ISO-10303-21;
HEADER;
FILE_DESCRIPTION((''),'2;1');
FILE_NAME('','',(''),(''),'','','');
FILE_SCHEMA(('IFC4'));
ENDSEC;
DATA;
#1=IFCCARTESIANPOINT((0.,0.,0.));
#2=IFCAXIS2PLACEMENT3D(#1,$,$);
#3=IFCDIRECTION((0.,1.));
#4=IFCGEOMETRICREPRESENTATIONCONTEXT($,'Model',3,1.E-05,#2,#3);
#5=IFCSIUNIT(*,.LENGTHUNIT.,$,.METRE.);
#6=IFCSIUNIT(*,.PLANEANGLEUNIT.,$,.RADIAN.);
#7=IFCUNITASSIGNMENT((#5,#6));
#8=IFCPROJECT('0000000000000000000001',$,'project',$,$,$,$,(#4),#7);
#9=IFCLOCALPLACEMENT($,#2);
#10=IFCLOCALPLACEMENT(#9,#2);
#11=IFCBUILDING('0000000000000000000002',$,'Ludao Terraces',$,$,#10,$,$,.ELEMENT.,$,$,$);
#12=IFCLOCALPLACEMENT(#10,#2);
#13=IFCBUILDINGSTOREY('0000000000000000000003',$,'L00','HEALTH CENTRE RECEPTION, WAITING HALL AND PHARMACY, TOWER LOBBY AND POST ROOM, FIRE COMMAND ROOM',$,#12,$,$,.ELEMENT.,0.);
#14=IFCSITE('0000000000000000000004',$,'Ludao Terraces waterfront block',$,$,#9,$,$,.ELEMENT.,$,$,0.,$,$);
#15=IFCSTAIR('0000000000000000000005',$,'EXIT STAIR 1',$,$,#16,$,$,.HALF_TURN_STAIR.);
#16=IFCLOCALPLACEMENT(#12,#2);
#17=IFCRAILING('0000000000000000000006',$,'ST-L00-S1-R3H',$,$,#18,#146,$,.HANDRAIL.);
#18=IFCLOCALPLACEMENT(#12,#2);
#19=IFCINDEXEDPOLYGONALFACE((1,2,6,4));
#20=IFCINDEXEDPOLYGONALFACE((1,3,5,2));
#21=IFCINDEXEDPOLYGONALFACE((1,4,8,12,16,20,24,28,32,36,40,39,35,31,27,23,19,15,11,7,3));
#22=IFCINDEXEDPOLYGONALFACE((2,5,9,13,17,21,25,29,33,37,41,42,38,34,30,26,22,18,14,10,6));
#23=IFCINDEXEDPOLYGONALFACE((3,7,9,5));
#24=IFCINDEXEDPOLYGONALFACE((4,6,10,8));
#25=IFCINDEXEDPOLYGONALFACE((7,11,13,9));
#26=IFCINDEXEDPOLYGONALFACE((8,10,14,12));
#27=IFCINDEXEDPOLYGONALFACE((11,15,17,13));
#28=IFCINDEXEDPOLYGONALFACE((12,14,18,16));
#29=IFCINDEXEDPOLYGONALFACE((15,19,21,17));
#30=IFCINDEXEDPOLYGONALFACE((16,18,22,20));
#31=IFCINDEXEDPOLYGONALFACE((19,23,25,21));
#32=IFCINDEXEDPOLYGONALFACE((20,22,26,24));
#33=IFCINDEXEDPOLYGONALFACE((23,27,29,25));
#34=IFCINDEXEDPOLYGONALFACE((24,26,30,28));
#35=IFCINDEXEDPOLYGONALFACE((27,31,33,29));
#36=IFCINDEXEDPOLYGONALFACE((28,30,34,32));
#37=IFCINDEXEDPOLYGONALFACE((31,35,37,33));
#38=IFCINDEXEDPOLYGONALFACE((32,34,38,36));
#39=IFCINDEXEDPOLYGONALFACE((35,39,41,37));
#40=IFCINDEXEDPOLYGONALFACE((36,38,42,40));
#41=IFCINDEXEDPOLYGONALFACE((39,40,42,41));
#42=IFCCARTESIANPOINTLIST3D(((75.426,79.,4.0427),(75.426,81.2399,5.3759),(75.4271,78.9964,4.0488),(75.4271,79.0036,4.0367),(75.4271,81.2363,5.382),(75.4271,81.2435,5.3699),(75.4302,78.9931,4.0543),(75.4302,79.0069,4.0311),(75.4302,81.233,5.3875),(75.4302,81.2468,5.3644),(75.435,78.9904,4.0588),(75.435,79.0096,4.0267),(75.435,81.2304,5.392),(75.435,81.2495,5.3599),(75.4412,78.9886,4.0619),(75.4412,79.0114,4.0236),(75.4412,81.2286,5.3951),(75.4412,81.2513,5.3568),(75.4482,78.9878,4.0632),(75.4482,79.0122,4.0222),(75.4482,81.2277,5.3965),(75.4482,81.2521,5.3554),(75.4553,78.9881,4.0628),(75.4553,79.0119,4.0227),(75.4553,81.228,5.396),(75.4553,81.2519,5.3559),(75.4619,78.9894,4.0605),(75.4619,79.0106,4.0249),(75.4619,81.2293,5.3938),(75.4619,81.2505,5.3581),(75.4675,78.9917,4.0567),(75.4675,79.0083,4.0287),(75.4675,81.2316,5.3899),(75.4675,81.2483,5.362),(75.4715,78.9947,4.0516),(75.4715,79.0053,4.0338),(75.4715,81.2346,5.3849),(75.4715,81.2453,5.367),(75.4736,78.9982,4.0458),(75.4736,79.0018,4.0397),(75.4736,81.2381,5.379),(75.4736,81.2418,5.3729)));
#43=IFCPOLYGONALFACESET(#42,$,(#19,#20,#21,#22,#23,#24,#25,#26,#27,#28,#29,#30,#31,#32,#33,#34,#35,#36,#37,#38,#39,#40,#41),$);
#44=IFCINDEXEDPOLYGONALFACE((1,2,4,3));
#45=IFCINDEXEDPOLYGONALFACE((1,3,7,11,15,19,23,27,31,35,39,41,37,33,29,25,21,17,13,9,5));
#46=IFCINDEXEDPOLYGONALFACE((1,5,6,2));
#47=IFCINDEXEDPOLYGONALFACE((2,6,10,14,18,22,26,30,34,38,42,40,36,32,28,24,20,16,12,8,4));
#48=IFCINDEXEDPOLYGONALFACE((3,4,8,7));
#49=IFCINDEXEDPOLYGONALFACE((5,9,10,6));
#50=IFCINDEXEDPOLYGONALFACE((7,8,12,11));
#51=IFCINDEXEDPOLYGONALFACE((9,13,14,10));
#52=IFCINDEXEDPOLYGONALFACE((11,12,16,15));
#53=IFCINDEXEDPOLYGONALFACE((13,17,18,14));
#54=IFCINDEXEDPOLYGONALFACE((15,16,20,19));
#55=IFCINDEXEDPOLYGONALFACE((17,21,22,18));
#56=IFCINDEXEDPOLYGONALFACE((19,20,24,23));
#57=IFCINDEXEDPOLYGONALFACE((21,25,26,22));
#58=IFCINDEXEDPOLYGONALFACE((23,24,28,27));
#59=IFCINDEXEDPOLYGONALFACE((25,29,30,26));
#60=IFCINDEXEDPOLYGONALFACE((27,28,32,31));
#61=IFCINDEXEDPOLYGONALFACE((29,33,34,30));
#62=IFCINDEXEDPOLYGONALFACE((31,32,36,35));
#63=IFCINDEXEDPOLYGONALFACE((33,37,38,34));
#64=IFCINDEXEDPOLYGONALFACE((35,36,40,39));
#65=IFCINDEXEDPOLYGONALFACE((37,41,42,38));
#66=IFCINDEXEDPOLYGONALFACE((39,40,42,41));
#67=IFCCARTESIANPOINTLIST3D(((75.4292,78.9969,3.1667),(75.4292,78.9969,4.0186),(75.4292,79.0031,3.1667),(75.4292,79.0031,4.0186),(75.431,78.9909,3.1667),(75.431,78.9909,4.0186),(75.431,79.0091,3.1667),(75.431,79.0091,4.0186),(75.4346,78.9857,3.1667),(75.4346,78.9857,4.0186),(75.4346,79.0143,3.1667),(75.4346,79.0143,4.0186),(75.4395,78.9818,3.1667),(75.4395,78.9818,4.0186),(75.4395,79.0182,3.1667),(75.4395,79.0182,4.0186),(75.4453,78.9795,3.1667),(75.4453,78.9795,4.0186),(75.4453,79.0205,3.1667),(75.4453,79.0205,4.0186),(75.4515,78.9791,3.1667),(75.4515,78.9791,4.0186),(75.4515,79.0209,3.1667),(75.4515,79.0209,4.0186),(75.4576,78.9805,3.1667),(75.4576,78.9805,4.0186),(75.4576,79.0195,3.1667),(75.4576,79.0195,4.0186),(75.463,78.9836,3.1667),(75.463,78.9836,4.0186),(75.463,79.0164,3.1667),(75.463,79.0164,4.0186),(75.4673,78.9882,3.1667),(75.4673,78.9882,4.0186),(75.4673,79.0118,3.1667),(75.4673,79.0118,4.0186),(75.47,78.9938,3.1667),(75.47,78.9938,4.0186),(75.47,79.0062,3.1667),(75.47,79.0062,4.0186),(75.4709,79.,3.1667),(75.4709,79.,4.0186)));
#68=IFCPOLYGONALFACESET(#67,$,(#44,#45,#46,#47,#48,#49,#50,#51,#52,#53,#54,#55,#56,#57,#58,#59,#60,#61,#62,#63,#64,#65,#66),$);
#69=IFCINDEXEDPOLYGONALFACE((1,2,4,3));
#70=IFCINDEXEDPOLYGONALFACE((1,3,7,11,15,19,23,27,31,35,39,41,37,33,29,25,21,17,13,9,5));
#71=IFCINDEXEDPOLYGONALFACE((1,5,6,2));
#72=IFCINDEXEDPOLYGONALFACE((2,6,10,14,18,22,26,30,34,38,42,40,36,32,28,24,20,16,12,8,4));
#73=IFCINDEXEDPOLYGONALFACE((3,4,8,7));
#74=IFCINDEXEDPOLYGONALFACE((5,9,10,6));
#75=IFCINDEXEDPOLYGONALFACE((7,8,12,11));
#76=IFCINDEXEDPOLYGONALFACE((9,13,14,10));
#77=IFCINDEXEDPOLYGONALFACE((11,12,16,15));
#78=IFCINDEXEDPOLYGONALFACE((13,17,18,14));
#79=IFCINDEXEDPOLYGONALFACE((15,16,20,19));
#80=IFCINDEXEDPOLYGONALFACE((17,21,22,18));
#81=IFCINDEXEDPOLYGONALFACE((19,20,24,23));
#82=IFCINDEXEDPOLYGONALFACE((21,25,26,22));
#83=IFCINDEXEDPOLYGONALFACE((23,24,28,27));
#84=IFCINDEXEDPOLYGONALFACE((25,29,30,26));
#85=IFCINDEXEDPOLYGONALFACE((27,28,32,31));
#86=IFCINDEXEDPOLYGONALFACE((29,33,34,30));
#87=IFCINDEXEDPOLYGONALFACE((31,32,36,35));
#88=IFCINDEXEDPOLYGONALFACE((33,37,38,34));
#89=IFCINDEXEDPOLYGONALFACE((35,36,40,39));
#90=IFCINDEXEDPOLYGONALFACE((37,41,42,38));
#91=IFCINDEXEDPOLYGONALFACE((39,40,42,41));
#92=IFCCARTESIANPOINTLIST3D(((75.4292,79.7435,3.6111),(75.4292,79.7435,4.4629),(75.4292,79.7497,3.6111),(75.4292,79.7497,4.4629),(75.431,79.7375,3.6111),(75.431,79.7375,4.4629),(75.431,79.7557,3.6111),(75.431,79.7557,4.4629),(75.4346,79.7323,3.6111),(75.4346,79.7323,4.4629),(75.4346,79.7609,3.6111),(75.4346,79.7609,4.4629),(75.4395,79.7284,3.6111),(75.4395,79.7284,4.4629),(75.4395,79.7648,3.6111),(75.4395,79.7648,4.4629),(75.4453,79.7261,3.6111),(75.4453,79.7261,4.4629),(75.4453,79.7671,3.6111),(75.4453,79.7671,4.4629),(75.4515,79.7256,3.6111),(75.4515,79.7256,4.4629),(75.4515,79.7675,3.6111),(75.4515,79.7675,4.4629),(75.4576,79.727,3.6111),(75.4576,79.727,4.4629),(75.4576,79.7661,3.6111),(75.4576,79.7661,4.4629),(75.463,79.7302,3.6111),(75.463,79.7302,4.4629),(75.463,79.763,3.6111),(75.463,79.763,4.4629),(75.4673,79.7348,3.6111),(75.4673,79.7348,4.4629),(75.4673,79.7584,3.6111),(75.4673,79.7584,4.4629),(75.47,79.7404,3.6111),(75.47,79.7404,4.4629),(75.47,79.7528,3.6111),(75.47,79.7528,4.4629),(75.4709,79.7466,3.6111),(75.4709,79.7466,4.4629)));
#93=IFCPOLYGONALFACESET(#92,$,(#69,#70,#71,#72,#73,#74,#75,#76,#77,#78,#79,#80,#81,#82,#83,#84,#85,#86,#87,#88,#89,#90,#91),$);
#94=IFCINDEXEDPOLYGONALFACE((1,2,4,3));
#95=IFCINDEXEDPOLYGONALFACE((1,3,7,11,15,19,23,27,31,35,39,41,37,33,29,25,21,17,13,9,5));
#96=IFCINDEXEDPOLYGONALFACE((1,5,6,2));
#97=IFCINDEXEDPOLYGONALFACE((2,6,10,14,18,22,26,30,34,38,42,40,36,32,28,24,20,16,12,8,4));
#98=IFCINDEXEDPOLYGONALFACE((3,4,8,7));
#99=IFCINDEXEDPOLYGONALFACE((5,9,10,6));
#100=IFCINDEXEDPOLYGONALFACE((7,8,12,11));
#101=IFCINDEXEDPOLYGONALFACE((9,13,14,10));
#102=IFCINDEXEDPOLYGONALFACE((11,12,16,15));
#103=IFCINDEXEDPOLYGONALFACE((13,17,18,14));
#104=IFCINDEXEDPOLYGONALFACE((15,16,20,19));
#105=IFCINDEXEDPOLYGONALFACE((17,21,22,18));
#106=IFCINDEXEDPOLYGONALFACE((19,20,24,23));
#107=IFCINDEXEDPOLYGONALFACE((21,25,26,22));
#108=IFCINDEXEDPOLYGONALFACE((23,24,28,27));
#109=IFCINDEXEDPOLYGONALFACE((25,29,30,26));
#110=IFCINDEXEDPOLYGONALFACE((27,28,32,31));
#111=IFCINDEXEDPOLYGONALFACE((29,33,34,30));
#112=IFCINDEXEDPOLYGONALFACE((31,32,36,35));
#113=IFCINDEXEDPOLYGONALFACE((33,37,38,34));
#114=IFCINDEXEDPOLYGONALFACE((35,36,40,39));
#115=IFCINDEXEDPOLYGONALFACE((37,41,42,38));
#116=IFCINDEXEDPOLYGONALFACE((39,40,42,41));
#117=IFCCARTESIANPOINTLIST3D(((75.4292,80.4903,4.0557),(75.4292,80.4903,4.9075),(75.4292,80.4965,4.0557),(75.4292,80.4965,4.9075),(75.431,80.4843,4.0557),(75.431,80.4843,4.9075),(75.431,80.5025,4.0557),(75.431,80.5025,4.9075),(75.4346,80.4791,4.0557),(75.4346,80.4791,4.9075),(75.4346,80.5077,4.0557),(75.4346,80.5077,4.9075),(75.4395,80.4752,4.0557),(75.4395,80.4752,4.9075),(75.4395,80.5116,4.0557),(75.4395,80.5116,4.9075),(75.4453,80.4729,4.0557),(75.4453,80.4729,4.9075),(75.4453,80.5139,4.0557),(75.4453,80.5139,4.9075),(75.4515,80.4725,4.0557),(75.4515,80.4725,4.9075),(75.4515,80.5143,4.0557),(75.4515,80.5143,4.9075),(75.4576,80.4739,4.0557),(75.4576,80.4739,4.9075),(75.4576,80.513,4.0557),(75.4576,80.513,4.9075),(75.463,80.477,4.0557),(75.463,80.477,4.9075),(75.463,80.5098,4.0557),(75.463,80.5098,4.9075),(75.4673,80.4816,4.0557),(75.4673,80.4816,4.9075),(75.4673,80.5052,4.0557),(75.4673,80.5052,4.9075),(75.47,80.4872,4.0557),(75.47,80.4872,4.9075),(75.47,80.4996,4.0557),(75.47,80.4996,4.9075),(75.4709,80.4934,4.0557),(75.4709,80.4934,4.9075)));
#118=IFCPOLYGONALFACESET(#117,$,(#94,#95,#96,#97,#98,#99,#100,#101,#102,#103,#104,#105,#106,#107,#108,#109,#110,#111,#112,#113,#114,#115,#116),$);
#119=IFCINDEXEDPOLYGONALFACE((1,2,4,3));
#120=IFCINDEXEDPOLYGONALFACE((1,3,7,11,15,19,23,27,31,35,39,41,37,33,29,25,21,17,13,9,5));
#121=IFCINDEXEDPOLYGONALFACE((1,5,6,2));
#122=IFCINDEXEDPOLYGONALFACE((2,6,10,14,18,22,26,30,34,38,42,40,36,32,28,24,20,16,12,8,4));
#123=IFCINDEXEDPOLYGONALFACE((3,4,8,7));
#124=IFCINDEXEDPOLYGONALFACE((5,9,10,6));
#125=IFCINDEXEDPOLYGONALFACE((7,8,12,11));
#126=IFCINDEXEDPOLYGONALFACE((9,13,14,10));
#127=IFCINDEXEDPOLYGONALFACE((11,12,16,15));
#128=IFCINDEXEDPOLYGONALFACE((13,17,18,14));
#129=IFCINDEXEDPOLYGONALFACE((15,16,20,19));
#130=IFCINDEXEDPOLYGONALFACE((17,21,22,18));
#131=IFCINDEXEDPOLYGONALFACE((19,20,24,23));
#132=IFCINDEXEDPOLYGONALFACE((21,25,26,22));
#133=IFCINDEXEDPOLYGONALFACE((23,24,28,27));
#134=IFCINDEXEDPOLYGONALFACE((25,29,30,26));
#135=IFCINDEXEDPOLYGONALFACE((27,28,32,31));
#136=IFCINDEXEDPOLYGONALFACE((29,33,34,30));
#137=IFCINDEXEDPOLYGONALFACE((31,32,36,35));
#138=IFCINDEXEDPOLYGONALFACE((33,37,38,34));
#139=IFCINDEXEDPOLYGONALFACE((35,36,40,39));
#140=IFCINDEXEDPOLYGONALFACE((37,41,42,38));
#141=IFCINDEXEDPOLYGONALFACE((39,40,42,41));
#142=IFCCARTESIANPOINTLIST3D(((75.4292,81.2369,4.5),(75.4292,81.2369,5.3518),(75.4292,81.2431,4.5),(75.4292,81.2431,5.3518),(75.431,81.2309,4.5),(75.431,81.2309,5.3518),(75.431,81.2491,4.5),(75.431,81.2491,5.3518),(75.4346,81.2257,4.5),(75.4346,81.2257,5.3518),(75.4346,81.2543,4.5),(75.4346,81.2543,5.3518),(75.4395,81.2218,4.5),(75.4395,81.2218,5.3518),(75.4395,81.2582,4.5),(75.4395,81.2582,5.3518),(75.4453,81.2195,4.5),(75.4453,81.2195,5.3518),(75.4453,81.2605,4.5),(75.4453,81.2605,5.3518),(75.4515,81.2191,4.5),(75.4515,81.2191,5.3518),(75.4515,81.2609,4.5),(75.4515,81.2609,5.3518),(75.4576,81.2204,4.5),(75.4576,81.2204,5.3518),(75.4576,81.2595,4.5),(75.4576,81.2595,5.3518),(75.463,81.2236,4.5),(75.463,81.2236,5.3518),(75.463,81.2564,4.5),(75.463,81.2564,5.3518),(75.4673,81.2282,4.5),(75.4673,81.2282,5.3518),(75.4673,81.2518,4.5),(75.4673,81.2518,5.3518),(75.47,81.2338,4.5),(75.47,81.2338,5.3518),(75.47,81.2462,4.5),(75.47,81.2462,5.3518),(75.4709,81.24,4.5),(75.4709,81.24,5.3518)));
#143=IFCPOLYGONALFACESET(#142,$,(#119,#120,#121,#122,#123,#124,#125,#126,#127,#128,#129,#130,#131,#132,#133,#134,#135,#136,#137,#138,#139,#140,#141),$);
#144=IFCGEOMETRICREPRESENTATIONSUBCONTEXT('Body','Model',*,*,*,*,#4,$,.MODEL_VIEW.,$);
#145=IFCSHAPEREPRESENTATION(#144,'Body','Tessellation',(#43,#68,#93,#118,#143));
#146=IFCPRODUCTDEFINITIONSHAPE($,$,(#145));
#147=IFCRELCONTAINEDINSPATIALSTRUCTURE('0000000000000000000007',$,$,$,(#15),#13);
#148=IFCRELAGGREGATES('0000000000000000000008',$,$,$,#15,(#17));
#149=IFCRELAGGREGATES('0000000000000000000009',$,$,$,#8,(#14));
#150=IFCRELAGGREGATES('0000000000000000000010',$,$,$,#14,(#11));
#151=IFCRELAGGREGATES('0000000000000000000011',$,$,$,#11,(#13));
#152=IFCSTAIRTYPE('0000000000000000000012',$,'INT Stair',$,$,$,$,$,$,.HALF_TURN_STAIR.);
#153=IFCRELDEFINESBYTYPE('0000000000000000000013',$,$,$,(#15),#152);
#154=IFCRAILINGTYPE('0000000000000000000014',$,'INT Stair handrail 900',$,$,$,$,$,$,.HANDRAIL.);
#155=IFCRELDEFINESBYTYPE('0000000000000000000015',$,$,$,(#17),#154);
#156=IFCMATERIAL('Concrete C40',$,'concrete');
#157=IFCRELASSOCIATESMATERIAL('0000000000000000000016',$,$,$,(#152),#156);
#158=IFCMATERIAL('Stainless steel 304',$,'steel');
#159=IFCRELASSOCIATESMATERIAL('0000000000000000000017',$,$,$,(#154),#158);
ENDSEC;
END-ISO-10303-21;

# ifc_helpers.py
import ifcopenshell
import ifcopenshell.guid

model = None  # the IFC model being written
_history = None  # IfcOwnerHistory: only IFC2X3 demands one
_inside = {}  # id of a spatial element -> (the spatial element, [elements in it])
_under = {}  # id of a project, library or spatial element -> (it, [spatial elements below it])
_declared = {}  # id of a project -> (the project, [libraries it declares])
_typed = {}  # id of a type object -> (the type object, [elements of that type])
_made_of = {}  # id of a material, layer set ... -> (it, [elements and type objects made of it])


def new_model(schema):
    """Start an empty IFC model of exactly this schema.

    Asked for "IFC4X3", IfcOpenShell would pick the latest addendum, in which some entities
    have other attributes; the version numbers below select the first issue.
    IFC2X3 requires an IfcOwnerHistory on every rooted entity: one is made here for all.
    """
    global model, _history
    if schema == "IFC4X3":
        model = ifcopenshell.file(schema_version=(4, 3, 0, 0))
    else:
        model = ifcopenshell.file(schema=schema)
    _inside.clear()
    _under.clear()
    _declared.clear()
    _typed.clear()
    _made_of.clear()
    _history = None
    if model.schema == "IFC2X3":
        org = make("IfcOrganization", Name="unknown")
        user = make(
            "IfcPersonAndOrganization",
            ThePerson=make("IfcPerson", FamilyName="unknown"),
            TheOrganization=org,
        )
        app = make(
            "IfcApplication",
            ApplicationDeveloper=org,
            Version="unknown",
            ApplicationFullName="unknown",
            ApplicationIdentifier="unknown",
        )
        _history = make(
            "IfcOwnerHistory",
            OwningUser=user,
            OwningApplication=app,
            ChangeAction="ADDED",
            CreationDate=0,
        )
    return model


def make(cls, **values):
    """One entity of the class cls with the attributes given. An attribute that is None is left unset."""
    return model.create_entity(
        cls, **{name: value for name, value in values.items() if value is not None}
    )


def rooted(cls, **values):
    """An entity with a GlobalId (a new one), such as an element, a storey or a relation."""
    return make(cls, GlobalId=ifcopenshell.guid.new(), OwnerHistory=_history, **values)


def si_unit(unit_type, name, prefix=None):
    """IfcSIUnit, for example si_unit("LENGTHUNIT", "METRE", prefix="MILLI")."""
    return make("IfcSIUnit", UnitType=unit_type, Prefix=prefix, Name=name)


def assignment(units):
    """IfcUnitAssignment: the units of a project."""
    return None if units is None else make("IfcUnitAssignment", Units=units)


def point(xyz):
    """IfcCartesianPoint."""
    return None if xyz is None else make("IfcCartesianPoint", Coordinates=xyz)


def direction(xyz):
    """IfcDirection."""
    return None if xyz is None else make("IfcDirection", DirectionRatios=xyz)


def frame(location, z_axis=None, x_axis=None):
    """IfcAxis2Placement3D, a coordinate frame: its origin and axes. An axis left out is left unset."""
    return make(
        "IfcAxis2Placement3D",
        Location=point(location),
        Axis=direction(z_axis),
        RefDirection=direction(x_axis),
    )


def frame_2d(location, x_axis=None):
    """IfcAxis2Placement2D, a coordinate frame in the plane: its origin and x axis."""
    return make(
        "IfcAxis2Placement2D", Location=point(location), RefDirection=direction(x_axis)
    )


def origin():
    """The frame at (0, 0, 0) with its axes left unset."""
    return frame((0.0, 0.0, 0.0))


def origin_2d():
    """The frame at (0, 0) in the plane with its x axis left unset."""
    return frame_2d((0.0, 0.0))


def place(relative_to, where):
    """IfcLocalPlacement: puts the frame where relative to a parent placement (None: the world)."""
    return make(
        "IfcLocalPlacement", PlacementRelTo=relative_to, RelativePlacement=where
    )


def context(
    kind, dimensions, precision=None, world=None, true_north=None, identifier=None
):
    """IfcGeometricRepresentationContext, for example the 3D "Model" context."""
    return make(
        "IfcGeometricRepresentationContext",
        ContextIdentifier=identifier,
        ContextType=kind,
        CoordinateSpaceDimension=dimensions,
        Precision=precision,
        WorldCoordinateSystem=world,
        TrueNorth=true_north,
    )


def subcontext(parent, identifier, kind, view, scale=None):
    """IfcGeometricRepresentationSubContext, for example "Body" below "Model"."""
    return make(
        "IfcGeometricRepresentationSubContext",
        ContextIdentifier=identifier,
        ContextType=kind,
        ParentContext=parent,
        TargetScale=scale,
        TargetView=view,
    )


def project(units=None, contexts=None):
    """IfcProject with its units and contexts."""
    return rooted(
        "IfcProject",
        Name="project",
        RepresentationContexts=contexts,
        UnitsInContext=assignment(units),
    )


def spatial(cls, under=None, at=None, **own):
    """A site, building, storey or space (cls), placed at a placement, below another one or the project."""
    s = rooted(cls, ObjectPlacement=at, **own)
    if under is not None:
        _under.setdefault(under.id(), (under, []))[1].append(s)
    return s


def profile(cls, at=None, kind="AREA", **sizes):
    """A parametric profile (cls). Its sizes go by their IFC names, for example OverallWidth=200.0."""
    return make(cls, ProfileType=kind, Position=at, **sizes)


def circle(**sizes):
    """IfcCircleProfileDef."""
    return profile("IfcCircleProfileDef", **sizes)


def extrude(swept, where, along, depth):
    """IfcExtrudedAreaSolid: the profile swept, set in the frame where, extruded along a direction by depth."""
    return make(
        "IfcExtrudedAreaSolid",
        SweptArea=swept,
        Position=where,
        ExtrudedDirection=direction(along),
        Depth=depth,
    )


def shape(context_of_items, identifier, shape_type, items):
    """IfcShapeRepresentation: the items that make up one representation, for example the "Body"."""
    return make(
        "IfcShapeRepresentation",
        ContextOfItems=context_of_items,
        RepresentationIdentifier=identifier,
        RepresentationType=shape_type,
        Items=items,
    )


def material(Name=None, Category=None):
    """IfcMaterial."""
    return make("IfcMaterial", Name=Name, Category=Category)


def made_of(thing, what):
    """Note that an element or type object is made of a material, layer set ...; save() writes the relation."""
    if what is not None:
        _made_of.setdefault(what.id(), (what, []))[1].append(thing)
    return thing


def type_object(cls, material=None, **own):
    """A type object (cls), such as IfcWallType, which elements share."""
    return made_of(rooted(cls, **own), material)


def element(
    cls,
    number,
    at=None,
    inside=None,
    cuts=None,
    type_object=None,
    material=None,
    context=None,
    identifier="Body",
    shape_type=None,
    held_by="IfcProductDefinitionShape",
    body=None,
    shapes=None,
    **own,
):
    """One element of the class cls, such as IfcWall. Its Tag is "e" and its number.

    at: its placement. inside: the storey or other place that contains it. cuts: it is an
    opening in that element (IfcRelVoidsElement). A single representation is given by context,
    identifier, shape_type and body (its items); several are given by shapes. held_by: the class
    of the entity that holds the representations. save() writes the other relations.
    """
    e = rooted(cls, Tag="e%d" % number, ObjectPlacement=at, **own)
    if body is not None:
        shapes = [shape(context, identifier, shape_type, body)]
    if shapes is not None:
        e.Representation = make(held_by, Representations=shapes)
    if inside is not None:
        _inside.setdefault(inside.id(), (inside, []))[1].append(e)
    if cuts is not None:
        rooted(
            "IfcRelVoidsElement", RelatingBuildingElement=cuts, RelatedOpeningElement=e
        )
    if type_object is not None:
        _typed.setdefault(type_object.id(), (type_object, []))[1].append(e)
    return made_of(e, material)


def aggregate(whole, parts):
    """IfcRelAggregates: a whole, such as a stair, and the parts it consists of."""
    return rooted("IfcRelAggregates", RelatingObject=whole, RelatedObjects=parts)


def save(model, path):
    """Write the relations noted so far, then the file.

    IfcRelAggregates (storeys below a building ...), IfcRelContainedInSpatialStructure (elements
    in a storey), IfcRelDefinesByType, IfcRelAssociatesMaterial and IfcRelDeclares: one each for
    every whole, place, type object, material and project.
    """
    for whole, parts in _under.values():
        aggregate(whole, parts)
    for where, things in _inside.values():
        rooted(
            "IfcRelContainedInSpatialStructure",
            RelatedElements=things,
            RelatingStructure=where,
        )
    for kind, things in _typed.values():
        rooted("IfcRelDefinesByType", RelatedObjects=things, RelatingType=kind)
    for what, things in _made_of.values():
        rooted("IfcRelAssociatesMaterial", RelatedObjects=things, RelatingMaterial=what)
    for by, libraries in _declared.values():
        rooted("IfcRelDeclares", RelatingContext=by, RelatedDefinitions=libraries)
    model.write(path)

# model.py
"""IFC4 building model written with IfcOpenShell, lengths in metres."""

from ifc_helpers import new_model, si_unit, direction, frame, origin, origin_2d, place, context, subcontext, project, spatial, circle, extrude, material, type_object, element, aggregate, save


model = new_model("IFC4")

# Units and contexts
model_context = context("Model", 3, precision=1e-05, world=origin(), true_north=direction((0.0, 1.0)))
body_context = subcontext(model_context, "Body", "Model", "MODEL_VIEW")
ifc_project = project(units=[si_unit("LENGTHUNIT", "METRE"), si_unit("PLANEANGLEUNIT", "RADIAN")], contexts=[model_context])

# Site, building, storey
site_placement = place(None, origin())
site = spatial("IfcSite", under=ifc_project, at=site_placement, Name="Ludao Terraces waterfront block", CompositionType="ELEMENT", RefElevation=0.0)
building_placement = place(site_placement, origin())
building = spatial("IfcBuilding", under=site, at=building_placement, Name="Ludao Terraces", CompositionType="ELEMENT")
storey_placement = place(building_placement, origin())
storey = spatial("IfcBuildingStorey", under=building, at=storey_placement, Name="L00", Description="HEALTH CENTRE RECEPTION, WAITING HALL AND PHARMACY, TOWER LOBBY AND POST ROOM, FIRE COMMAND ROOM", CompositionType="ELEMENT", Elevation=0.0)

# Shared definitions
ifc_material_1 = material(Name="Concrete C40", Category="concrete")

# Stair, railing
stair_type = type_object("IfcStairType", Name="INT Stair", PredefinedType="HALF_TURN_STAIR", material=ifc_material_1)
stair_placement = place(storey_placement, origin())
stair = element("IfcStair", 1, at=stair_placement, inside=storey, type_object=stair_type, Name="EXIT STAIR 1", PredefinedType="HALF_TURN_STAIR")
ifc_material_2 = material(Name="Stainless steel 304", Category="steel")
railing_type_1 = type_object("IfcRailingType", Name="INT Stair handrail 900", PredefinedType="HANDRAIL", material=ifc_material_2)
railing_1_placement = place(storey_placement, frame((75.45, 79.0, 3.1667)))
railing_1 = element("IfcRailing", 2, at=railing_1_placement, type_object=railing_type_1, Name="ST-L00-S1-R3H", PredefinedType="HANDRAIL", context=body_context, shape_type="SweptSolid", body=[
    extrude(circle(Radius=0.0239, at=origin_2d()), frame((0.0, 0.0, 0.876), z_axis=(0.0, 0.859306, 0.511462), x_axis=(-1.0, 0.0, 0.0)), (0.0, 0.0, 1.0), 2.6067),
    extrude(circle(Radius=0.021, at=origin_2d()), origin(), (0.0, 0.0, 1.0), 0.8518),
    extrude(circle(Radius=0.021, at=origin_2d()), frame((0.0, 0.7466, 0.4443)), (0.0, 0.0, 1.0), 0.8518),
    extrude(circle(Radius=0.021, at=origin_2d()), frame((0.0, 1.4934, 0.8889)), (0.0, 0.0, 1.0), 0.8518),
    extrude(circle(Radius=0.021, at=origin_2d()), frame((0.0, 2.24, 1.3333)), (0.0, 0.0, 1.0), 0.8518),
])
aggregate(stair, [railing_1])

save(model, "model.ifc")
